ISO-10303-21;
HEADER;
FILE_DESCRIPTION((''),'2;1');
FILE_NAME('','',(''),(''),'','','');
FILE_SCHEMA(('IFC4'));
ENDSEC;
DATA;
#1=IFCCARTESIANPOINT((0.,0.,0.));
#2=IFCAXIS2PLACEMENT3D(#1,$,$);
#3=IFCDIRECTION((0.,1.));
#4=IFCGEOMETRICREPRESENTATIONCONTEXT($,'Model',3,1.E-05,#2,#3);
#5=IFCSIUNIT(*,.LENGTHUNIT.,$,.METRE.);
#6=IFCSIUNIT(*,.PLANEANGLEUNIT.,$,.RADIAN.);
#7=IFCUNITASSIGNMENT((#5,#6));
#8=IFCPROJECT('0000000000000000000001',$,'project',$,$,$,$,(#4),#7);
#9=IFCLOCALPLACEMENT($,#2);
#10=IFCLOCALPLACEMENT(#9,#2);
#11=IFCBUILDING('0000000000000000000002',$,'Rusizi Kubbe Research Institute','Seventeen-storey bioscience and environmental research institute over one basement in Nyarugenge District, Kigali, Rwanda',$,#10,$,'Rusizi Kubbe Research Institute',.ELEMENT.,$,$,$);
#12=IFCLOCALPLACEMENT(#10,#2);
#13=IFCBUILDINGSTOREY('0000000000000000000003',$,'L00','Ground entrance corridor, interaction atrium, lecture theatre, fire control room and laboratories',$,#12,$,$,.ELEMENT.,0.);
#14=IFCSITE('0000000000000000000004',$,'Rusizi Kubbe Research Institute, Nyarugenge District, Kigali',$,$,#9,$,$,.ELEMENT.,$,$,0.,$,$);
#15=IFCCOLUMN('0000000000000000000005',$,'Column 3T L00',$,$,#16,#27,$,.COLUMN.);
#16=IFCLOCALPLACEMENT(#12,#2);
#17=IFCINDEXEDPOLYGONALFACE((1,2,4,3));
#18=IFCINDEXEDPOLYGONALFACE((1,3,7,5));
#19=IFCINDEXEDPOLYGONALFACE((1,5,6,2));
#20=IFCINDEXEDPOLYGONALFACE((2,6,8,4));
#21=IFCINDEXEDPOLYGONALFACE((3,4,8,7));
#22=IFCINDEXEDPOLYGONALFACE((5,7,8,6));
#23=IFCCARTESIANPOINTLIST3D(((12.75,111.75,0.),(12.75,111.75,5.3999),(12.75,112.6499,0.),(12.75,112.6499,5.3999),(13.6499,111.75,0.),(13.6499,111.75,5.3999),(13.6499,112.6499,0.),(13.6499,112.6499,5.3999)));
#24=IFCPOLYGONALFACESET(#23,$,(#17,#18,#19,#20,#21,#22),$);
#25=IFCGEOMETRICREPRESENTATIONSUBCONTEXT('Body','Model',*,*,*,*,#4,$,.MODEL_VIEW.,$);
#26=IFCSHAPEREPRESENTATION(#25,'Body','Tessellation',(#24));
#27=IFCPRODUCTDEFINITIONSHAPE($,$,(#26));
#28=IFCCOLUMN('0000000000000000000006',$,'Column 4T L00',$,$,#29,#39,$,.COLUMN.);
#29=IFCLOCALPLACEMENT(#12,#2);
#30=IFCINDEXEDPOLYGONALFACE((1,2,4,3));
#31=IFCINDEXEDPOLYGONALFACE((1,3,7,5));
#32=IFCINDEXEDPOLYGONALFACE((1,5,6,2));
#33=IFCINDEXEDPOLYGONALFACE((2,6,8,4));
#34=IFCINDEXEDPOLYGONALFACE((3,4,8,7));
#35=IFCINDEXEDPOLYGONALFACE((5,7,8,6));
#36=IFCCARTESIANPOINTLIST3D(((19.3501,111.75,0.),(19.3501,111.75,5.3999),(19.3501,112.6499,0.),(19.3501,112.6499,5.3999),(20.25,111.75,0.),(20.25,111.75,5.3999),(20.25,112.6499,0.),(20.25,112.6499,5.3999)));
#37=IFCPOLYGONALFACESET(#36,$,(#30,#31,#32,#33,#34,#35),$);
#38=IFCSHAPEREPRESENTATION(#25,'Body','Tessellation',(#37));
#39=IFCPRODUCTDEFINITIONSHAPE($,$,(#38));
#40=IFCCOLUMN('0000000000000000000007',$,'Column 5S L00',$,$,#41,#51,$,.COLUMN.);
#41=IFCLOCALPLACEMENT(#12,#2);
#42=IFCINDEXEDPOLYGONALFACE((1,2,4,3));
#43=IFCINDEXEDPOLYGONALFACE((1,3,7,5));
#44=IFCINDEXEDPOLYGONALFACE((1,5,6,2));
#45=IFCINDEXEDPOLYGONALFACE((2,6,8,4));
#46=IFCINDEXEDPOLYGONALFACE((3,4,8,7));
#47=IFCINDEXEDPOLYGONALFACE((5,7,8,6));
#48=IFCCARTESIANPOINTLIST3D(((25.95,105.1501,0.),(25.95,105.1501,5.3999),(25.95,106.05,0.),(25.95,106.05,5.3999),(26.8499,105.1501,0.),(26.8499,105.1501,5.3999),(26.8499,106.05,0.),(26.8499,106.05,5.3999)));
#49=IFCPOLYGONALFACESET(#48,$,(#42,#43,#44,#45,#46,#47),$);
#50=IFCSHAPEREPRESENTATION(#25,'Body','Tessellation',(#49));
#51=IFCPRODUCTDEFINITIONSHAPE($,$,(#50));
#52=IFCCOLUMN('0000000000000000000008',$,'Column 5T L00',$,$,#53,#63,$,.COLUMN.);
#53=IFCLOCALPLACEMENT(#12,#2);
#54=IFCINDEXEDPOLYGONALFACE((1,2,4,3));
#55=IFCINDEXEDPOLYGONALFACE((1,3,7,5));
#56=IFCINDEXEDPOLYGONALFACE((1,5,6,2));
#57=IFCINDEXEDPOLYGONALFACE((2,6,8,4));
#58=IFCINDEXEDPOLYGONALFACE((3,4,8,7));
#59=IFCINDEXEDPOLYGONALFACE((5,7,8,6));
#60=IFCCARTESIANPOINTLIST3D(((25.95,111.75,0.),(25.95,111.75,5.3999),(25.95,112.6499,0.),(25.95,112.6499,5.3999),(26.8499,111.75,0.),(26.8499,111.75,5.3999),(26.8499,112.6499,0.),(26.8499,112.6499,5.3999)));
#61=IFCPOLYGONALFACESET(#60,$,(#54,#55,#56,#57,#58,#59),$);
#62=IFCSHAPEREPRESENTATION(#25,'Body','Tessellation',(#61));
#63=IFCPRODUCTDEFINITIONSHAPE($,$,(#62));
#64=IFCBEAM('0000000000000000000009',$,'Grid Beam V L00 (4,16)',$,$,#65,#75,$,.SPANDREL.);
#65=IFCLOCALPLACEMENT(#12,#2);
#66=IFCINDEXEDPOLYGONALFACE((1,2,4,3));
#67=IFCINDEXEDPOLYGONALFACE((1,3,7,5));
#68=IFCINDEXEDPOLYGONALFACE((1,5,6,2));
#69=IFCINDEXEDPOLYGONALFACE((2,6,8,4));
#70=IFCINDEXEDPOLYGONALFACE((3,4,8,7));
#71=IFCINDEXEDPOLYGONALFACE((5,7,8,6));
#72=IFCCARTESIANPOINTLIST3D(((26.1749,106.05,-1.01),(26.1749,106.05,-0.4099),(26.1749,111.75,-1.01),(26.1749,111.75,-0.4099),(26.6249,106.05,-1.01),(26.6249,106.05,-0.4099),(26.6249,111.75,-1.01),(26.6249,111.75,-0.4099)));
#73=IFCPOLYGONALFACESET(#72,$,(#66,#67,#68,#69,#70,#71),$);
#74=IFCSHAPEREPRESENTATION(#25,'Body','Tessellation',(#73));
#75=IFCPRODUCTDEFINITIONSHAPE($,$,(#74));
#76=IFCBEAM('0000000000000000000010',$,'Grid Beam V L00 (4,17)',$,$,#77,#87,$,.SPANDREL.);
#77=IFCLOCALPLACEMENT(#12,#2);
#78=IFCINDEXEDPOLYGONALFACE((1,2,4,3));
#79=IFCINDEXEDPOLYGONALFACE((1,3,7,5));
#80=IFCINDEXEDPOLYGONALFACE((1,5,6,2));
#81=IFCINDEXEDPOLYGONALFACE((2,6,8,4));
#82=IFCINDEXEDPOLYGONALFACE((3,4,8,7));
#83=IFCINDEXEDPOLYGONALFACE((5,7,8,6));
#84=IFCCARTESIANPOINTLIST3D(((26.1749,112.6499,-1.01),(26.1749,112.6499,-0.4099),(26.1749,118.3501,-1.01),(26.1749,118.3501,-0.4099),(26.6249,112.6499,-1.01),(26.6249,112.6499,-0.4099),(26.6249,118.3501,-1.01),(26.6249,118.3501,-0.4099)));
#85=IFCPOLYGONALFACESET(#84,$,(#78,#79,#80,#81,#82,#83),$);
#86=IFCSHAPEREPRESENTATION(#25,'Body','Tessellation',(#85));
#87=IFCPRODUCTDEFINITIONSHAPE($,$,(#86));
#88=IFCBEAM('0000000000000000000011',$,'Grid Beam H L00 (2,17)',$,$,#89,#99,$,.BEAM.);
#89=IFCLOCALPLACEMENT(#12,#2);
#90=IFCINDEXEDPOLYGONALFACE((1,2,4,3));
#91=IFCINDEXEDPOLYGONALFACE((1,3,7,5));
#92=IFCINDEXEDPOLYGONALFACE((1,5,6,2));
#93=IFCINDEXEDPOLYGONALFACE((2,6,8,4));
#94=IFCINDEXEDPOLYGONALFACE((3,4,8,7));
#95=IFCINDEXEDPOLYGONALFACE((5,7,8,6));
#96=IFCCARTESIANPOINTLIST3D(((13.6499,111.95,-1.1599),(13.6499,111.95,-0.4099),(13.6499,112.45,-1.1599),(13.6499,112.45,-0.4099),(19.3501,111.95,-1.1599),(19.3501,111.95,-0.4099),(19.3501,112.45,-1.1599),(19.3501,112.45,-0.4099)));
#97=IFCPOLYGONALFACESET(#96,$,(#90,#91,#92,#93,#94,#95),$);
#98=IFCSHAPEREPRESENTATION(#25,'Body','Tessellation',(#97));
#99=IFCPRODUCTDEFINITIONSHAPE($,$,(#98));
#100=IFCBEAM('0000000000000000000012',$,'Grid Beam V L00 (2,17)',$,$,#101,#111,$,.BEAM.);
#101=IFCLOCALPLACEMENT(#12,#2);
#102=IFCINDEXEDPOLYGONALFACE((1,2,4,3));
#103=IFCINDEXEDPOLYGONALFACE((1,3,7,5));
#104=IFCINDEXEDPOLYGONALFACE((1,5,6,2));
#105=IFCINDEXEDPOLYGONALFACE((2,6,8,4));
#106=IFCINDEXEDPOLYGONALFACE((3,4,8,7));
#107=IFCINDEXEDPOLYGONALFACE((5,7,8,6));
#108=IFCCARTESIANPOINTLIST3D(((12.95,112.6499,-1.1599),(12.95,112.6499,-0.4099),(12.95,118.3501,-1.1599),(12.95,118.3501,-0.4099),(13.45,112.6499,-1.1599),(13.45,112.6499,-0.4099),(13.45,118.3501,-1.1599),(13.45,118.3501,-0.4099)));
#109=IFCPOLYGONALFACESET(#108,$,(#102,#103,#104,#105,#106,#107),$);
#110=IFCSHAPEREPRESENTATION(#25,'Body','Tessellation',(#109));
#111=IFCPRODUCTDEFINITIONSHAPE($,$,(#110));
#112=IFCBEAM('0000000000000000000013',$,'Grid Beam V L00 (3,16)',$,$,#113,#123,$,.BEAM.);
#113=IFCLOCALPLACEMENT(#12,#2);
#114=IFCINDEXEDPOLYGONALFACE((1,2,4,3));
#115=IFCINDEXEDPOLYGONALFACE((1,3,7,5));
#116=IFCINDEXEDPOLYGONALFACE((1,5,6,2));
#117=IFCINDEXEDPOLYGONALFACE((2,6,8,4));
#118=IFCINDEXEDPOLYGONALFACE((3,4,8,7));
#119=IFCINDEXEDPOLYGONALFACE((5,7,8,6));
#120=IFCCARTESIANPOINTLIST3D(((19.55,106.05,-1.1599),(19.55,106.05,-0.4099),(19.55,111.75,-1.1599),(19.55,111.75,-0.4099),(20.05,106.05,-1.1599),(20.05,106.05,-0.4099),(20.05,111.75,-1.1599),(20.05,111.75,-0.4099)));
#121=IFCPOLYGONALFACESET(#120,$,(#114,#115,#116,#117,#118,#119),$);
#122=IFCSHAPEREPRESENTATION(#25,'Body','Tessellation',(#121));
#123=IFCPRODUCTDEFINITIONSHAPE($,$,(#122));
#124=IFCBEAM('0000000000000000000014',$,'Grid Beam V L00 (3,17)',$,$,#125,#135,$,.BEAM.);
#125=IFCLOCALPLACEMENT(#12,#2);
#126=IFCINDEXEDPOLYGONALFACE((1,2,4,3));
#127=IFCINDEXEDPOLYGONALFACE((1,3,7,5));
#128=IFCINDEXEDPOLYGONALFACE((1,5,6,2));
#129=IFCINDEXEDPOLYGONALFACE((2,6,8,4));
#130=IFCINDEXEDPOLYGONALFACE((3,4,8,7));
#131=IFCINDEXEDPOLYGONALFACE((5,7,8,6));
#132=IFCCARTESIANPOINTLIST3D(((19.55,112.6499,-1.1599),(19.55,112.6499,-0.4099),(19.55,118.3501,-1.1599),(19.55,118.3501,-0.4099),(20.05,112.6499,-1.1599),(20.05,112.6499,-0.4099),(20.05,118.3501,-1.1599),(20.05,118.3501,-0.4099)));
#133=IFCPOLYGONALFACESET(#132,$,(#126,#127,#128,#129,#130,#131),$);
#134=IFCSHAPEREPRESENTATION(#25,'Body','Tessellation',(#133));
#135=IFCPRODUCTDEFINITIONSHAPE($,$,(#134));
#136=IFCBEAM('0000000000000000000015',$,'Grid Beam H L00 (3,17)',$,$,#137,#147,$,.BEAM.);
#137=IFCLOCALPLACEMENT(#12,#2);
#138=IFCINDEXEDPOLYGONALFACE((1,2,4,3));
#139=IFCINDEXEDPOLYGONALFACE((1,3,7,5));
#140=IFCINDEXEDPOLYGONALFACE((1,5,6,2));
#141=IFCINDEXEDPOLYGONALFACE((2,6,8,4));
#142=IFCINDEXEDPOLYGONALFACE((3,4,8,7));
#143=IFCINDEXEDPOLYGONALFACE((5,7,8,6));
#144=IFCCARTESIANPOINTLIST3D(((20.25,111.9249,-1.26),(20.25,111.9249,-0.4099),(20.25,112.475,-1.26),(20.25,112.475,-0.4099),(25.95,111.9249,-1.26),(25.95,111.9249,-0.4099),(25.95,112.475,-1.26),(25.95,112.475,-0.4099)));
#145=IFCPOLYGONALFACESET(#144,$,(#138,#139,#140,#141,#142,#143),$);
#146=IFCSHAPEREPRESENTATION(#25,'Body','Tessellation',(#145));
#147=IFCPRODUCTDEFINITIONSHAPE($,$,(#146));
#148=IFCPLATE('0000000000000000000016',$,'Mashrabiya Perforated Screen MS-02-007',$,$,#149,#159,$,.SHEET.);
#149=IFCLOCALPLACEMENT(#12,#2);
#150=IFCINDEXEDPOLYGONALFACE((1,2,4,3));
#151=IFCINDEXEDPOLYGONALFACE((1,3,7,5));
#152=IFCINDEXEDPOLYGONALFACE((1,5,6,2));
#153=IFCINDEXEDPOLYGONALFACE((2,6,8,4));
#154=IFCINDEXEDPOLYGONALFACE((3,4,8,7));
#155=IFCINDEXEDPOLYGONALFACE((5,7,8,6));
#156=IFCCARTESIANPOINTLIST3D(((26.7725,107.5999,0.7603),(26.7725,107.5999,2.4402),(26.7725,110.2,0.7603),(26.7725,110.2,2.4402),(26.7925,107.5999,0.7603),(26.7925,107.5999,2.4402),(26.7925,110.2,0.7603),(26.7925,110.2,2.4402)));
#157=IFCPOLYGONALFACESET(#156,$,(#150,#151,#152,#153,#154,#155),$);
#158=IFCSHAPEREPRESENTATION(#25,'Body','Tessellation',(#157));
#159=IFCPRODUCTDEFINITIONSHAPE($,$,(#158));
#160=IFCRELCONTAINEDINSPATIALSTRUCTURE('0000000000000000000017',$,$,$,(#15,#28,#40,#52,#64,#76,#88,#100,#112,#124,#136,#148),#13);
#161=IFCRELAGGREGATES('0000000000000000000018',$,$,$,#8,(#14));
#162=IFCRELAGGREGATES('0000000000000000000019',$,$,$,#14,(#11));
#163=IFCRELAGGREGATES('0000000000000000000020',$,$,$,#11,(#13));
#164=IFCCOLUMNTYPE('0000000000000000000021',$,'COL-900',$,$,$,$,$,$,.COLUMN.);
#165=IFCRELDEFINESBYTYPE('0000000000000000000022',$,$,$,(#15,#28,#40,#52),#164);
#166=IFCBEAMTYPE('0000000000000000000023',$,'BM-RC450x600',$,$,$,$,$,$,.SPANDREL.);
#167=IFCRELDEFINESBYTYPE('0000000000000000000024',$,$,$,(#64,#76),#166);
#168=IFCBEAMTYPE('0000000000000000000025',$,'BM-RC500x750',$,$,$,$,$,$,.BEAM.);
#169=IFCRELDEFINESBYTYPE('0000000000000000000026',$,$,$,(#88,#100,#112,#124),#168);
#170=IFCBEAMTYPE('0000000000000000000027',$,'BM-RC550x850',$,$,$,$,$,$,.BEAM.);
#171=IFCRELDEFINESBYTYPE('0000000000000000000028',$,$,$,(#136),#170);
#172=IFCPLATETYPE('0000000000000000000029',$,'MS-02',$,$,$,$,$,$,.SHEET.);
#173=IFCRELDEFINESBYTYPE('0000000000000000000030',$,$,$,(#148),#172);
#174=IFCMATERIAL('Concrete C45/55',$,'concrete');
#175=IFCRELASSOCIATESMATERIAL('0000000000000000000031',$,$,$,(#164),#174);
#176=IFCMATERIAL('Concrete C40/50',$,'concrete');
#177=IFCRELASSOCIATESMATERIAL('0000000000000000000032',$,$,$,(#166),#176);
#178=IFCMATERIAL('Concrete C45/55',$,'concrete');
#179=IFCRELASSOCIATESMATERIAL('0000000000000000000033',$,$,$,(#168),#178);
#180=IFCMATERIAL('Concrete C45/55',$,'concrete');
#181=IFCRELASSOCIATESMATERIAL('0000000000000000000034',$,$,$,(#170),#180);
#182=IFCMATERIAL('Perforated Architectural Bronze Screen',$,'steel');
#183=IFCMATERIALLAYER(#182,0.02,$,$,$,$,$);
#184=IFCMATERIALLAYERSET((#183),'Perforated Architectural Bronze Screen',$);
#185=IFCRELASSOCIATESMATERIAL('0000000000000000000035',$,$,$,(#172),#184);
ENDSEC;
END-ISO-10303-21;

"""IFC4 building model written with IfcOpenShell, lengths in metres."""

from ifc_helpers import new_model, si_unit, direction, frame, origin, origin_2d, place, context, subcontext, project, spatial, rectangle, extrude, material, layer, layer_set, material_profile, profile_set, type_object, element, save


model = new_model("IFC4")

# Units and contexts
model_context = context("Model", 3, precision=1e-05, world=origin(), true_north=direction((0.0, 1.0)))
body_context = subcontext(model_context, "Body", "Model", "MODEL_VIEW")
ifc_project = project(units=[si_unit("LENGTHUNIT", "METRE"), si_unit("PLANEANGLEUNIT", "RADIAN")], contexts=[model_context])

# Site, building, storey
site_placement = place(None, origin())
site = spatial("IfcSite", under=ifc_project, at=site_placement, Name="Rusizi Kubbe Research Institute, Nyarugenge District, Kigali", CompositionType="ELEMENT", RefElevation=0.0)
building_placement = place(site_placement, origin())
building = spatial("IfcBuilding", under=site, at=building_placement, Name="Rusizi Kubbe Research Institute", Description="Seventeen-storey bioscience and environmental research institute over one basement in Nyarugenge District, Kigali, Rwanda", LongName="Rusizi Kubbe Research Institute", CompositionType="ELEMENT")
storey_placement = place(building_placement, origin())
storey = spatial("IfcBuildingStorey", under=building, at=storey_placement, Name="L00", Description="Ground entrance corridor, interaction atrium, lecture theatre, fire control room and laboratories", CompositionType="ELEMENT", Elevation=0.0)

# Columns
ifc_material_1 = material(Name="Concrete C45/55", Category="concrete")
ifc_material_profile_1 = material_profile(ifc_material_1, rectangle(XDim=0.8999, YDim=0.8999, at=origin_2d()), Name="RC900x900")
ifc_profile_set_1 = profile_set([ifc_material_profile_1], Name="Concrete C45/55")
column_type = type_object("IfcColumnType", Name="COL-900", PredefinedType="COLUMN", material=ifc_profile_set_1)
for number, where, z_axis, x_axis, name in (
    (1, (13.2, 112.2, 0.0), (0.0, 0.0, 1.0), (1.0, 0.0, 0.0), "Column 3T L00"),
    (2, (19.8, 112.2, 0.0), (0.0, 0.0, 1.0), (1.0, 0.0, 0.0), "Column 4T L00"),
    (3, (26.3999, 105.6001, 0.0), (0.0, 0.0, 1.0), (1.0, 0.0, 0.0), "Column 5S L00"),
    (4, (26.3999, 112.2, 0.0), (0.0, 0.0, 1.0), (1.0, 0.0, 0.0), "Column 5T L00"),
):
    element("IfcColumn", number, at=place(storey_placement, frame(where, z_axis=z_axis, x_axis=x_axis)), inside=storey, type_object=column_type, Name=name, PredefinedType="COLUMN", context=body_context, shape_type="SweptSolid", body=[
        extrude(rectangle(XDim=0.8999, YDim=0.8999, at=origin_2d()), origin(), (0.0, 0.0, 1.0), 5.3999),
    ])

# Beams
ifc_material_2 = material(Name="Concrete C40/50", Category="concrete")
ifc_material_profile_2 = material_profile(ifc_material_2, rectangle(XDim=0.45, YDim=0.6001, at=origin_2d()), Name="RC450x600")
ifc_profile_set_2 = profile_set([ifc_material_profile_2], Name="Concrete C40/50")
beam_type_1 = type_object("IfcBeamType", Name="BM-RC450x600", PredefinedType="SPANDREL", material=ifc_profile_set_2)
beam_1_placement = place(storey_placement, frame((26.3999, 106.05, -0.71), z_axis=(0.0, 1.0, 0.0), x_axis=(-1.0, 0.0, 0.0)))
element("IfcBeam", 5, at=beam_1_placement, inside=storey, type_object=beam_type_1, Name="Grid Beam V L00 (4,16)", PredefinedType="SPANDREL", context=body_context, shape_type="SweptSolid", body=[
    extrude(rectangle(XDim=0.45, YDim=0.6001, at=origin_2d()), origin(), (0.0, 0.0, 1.0), 5.7),
])
beam_2_placement = place(storey_placement, frame((26.3999, 112.6499, -0.71), z_axis=(0.0, 1.0, 0.0), x_axis=(-1.0, 0.0, 0.0)))
element("IfcBeam", 6, at=beam_2_placement, inside=storey, type_object=beam_type_1, Name="Grid Beam V L00 (4,17)", PredefinedType="SPANDREL", context=body_context, shape_type="SweptSolid", body=[
    extrude(rectangle(XDim=0.45, YDim=0.6001, at=origin_2d()), origin(), (0.0, 0.0, 1.0), 5.7002),
])
ifc_material_3 = material(Name="Concrete C45/55", Category="concrete")
ifc_material_profile_3 = material_profile(ifc_material_3, rectangle(XDim=0.5, YDim=0.75, at=origin_2d()), Name="RC500x750B")
ifc_profile_set_3 = profile_set([ifc_material_profile_3], Name="Concrete C45/55")
beam_type_2 = type_object("IfcBeamType", Name="BM-RC500x750", PredefinedType="BEAM", material=ifc_profile_set_3)
for number, where, z_axis, x_axis, name in (
    (7, (13.6499, 112.2, -0.7849), (1.0, 0.0, 0.0), (0.0, 1.0, 0.0), "Grid Beam H L00 (2,17)"),
    (8, (13.2, 112.6499, -0.7849), (0.0, 1.0, 0.0), (-1.0, 0.0, 0.0), "Grid Beam V L00 (2,17)"),
):
    element("IfcBeam", number, at=place(storey_placement, frame(where, z_axis=z_axis, x_axis=x_axis)), inside=storey, type_object=beam_type_2, Name=name, PredefinedType="BEAM", context=body_context, shape_type="SweptSolid", body=[
        extrude(rectangle(XDim=0.5, YDim=0.75, at=origin_2d()), origin(), (0.0, 0.0, 1.0), 5.7002),
    ])
beam_3_placement = place(storey_placement, frame((19.8, 106.05, -0.7849), z_axis=(0.0, 1.0, 0.0), x_axis=(-1.0, 0.0, 0.0)))
element("IfcBeam", 9, at=beam_3_placement, inside=storey, type_object=beam_type_2, Name="Grid Beam V L00 (3,16)", PredefinedType="BEAM", context=body_context, shape_type="SweptSolid", body=[
    extrude(rectangle(XDim=0.5, YDim=0.75, at=origin_2d()), origin(), (0.0, 0.0, 1.0), 5.7),
])
beam_4_placement = place(storey_placement, frame((19.8, 112.6499, -0.7849), z_axis=(0.0, 1.0, 0.0), x_axis=(-1.0, 0.0, 0.0)))
element("IfcBeam", 10, at=beam_4_placement, inside=storey, type_object=beam_type_2, Name="Grid Beam V L00 (3,17)", PredefinedType="BEAM", context=body_context, shape_type="SweptSolid", body=[
    extrude(rectangle(XDim=0.5, YDim=0.75, at=origin_2d()), origin(), (0.0, 0.0, 1.0), 5.7002),
])
ifc_material_4 = material(Name="Concrete C45/55", Category="concrete")
ifc_material_profile_4 = material_profile(ifc_material_4, rectangle(XDim=0.55, YDim=0.8501, at=origin_2d()), Name="RC550x850")
ifc_profile_set_4 = profile_set([ifc_material_profile_4], Name="Concrete C45/55")
beam_type_3 = type_object("IfcBeamType", Name="BM-RC550x850", PredefinedType="BEAM", material=ifc_profile_set_4)
beam_5_placement = place(storey_placement, frame((20.25, 112.2, -0.835), z_axis=(1.0, 0.0, 0.0), x_axis=(0.0, 1.0, 0.0)))
element("IfcBeam", 11, at=beam_5_placement, inside=storey, type_object=beam_type_3, Name="Grid Beam H L00 (3,17)", PredefinedType="BEAM", context=body_context, shape_type="SweptSolid", body=[
    extrude(rectangle(XDim=0.55, YDim=0.8501, at=origin_2d()), origin(), (0.0, 0.0, 1.0), 5.7),
])

# Plate
ifc_material_5 = material(Name="Perforated Architectural Bronze Screen", Category="steel")
ifc_layer_1 = layer(ifc_material_5, 0.02)
ifc_layer_set_1 = layer_set([ifc_layer_1], Name="Perforated Architectural Bronze Screen")
plate_type = type_object("IfcPlateType", Name="MS-02", PredefinedType="SHEET", material=ifc_layer_set_1)
plate_placement = place(storey_placement, frame((26.7825, 108.8999, 0.7603), z_axis=(0.0, 0.0, 1.0), x_axis=(0.0, 1.0, 0.0)))
element("IfcPlate", 12, at=plate_placement, inside=storey, type_object=plate_type, Name="Mashrabiya Perforated Screen MS-02-007", PredefinedType="SHEET", context=body_context, shape_type="SweptSolid", body=[
    extrude(rectangle(XDim=2.6001, YDim=0.02, at=origin_2d()), origin(), (0.0, 0.0, 1.0), 1.6799),
])

save(model, "model.ifc")
